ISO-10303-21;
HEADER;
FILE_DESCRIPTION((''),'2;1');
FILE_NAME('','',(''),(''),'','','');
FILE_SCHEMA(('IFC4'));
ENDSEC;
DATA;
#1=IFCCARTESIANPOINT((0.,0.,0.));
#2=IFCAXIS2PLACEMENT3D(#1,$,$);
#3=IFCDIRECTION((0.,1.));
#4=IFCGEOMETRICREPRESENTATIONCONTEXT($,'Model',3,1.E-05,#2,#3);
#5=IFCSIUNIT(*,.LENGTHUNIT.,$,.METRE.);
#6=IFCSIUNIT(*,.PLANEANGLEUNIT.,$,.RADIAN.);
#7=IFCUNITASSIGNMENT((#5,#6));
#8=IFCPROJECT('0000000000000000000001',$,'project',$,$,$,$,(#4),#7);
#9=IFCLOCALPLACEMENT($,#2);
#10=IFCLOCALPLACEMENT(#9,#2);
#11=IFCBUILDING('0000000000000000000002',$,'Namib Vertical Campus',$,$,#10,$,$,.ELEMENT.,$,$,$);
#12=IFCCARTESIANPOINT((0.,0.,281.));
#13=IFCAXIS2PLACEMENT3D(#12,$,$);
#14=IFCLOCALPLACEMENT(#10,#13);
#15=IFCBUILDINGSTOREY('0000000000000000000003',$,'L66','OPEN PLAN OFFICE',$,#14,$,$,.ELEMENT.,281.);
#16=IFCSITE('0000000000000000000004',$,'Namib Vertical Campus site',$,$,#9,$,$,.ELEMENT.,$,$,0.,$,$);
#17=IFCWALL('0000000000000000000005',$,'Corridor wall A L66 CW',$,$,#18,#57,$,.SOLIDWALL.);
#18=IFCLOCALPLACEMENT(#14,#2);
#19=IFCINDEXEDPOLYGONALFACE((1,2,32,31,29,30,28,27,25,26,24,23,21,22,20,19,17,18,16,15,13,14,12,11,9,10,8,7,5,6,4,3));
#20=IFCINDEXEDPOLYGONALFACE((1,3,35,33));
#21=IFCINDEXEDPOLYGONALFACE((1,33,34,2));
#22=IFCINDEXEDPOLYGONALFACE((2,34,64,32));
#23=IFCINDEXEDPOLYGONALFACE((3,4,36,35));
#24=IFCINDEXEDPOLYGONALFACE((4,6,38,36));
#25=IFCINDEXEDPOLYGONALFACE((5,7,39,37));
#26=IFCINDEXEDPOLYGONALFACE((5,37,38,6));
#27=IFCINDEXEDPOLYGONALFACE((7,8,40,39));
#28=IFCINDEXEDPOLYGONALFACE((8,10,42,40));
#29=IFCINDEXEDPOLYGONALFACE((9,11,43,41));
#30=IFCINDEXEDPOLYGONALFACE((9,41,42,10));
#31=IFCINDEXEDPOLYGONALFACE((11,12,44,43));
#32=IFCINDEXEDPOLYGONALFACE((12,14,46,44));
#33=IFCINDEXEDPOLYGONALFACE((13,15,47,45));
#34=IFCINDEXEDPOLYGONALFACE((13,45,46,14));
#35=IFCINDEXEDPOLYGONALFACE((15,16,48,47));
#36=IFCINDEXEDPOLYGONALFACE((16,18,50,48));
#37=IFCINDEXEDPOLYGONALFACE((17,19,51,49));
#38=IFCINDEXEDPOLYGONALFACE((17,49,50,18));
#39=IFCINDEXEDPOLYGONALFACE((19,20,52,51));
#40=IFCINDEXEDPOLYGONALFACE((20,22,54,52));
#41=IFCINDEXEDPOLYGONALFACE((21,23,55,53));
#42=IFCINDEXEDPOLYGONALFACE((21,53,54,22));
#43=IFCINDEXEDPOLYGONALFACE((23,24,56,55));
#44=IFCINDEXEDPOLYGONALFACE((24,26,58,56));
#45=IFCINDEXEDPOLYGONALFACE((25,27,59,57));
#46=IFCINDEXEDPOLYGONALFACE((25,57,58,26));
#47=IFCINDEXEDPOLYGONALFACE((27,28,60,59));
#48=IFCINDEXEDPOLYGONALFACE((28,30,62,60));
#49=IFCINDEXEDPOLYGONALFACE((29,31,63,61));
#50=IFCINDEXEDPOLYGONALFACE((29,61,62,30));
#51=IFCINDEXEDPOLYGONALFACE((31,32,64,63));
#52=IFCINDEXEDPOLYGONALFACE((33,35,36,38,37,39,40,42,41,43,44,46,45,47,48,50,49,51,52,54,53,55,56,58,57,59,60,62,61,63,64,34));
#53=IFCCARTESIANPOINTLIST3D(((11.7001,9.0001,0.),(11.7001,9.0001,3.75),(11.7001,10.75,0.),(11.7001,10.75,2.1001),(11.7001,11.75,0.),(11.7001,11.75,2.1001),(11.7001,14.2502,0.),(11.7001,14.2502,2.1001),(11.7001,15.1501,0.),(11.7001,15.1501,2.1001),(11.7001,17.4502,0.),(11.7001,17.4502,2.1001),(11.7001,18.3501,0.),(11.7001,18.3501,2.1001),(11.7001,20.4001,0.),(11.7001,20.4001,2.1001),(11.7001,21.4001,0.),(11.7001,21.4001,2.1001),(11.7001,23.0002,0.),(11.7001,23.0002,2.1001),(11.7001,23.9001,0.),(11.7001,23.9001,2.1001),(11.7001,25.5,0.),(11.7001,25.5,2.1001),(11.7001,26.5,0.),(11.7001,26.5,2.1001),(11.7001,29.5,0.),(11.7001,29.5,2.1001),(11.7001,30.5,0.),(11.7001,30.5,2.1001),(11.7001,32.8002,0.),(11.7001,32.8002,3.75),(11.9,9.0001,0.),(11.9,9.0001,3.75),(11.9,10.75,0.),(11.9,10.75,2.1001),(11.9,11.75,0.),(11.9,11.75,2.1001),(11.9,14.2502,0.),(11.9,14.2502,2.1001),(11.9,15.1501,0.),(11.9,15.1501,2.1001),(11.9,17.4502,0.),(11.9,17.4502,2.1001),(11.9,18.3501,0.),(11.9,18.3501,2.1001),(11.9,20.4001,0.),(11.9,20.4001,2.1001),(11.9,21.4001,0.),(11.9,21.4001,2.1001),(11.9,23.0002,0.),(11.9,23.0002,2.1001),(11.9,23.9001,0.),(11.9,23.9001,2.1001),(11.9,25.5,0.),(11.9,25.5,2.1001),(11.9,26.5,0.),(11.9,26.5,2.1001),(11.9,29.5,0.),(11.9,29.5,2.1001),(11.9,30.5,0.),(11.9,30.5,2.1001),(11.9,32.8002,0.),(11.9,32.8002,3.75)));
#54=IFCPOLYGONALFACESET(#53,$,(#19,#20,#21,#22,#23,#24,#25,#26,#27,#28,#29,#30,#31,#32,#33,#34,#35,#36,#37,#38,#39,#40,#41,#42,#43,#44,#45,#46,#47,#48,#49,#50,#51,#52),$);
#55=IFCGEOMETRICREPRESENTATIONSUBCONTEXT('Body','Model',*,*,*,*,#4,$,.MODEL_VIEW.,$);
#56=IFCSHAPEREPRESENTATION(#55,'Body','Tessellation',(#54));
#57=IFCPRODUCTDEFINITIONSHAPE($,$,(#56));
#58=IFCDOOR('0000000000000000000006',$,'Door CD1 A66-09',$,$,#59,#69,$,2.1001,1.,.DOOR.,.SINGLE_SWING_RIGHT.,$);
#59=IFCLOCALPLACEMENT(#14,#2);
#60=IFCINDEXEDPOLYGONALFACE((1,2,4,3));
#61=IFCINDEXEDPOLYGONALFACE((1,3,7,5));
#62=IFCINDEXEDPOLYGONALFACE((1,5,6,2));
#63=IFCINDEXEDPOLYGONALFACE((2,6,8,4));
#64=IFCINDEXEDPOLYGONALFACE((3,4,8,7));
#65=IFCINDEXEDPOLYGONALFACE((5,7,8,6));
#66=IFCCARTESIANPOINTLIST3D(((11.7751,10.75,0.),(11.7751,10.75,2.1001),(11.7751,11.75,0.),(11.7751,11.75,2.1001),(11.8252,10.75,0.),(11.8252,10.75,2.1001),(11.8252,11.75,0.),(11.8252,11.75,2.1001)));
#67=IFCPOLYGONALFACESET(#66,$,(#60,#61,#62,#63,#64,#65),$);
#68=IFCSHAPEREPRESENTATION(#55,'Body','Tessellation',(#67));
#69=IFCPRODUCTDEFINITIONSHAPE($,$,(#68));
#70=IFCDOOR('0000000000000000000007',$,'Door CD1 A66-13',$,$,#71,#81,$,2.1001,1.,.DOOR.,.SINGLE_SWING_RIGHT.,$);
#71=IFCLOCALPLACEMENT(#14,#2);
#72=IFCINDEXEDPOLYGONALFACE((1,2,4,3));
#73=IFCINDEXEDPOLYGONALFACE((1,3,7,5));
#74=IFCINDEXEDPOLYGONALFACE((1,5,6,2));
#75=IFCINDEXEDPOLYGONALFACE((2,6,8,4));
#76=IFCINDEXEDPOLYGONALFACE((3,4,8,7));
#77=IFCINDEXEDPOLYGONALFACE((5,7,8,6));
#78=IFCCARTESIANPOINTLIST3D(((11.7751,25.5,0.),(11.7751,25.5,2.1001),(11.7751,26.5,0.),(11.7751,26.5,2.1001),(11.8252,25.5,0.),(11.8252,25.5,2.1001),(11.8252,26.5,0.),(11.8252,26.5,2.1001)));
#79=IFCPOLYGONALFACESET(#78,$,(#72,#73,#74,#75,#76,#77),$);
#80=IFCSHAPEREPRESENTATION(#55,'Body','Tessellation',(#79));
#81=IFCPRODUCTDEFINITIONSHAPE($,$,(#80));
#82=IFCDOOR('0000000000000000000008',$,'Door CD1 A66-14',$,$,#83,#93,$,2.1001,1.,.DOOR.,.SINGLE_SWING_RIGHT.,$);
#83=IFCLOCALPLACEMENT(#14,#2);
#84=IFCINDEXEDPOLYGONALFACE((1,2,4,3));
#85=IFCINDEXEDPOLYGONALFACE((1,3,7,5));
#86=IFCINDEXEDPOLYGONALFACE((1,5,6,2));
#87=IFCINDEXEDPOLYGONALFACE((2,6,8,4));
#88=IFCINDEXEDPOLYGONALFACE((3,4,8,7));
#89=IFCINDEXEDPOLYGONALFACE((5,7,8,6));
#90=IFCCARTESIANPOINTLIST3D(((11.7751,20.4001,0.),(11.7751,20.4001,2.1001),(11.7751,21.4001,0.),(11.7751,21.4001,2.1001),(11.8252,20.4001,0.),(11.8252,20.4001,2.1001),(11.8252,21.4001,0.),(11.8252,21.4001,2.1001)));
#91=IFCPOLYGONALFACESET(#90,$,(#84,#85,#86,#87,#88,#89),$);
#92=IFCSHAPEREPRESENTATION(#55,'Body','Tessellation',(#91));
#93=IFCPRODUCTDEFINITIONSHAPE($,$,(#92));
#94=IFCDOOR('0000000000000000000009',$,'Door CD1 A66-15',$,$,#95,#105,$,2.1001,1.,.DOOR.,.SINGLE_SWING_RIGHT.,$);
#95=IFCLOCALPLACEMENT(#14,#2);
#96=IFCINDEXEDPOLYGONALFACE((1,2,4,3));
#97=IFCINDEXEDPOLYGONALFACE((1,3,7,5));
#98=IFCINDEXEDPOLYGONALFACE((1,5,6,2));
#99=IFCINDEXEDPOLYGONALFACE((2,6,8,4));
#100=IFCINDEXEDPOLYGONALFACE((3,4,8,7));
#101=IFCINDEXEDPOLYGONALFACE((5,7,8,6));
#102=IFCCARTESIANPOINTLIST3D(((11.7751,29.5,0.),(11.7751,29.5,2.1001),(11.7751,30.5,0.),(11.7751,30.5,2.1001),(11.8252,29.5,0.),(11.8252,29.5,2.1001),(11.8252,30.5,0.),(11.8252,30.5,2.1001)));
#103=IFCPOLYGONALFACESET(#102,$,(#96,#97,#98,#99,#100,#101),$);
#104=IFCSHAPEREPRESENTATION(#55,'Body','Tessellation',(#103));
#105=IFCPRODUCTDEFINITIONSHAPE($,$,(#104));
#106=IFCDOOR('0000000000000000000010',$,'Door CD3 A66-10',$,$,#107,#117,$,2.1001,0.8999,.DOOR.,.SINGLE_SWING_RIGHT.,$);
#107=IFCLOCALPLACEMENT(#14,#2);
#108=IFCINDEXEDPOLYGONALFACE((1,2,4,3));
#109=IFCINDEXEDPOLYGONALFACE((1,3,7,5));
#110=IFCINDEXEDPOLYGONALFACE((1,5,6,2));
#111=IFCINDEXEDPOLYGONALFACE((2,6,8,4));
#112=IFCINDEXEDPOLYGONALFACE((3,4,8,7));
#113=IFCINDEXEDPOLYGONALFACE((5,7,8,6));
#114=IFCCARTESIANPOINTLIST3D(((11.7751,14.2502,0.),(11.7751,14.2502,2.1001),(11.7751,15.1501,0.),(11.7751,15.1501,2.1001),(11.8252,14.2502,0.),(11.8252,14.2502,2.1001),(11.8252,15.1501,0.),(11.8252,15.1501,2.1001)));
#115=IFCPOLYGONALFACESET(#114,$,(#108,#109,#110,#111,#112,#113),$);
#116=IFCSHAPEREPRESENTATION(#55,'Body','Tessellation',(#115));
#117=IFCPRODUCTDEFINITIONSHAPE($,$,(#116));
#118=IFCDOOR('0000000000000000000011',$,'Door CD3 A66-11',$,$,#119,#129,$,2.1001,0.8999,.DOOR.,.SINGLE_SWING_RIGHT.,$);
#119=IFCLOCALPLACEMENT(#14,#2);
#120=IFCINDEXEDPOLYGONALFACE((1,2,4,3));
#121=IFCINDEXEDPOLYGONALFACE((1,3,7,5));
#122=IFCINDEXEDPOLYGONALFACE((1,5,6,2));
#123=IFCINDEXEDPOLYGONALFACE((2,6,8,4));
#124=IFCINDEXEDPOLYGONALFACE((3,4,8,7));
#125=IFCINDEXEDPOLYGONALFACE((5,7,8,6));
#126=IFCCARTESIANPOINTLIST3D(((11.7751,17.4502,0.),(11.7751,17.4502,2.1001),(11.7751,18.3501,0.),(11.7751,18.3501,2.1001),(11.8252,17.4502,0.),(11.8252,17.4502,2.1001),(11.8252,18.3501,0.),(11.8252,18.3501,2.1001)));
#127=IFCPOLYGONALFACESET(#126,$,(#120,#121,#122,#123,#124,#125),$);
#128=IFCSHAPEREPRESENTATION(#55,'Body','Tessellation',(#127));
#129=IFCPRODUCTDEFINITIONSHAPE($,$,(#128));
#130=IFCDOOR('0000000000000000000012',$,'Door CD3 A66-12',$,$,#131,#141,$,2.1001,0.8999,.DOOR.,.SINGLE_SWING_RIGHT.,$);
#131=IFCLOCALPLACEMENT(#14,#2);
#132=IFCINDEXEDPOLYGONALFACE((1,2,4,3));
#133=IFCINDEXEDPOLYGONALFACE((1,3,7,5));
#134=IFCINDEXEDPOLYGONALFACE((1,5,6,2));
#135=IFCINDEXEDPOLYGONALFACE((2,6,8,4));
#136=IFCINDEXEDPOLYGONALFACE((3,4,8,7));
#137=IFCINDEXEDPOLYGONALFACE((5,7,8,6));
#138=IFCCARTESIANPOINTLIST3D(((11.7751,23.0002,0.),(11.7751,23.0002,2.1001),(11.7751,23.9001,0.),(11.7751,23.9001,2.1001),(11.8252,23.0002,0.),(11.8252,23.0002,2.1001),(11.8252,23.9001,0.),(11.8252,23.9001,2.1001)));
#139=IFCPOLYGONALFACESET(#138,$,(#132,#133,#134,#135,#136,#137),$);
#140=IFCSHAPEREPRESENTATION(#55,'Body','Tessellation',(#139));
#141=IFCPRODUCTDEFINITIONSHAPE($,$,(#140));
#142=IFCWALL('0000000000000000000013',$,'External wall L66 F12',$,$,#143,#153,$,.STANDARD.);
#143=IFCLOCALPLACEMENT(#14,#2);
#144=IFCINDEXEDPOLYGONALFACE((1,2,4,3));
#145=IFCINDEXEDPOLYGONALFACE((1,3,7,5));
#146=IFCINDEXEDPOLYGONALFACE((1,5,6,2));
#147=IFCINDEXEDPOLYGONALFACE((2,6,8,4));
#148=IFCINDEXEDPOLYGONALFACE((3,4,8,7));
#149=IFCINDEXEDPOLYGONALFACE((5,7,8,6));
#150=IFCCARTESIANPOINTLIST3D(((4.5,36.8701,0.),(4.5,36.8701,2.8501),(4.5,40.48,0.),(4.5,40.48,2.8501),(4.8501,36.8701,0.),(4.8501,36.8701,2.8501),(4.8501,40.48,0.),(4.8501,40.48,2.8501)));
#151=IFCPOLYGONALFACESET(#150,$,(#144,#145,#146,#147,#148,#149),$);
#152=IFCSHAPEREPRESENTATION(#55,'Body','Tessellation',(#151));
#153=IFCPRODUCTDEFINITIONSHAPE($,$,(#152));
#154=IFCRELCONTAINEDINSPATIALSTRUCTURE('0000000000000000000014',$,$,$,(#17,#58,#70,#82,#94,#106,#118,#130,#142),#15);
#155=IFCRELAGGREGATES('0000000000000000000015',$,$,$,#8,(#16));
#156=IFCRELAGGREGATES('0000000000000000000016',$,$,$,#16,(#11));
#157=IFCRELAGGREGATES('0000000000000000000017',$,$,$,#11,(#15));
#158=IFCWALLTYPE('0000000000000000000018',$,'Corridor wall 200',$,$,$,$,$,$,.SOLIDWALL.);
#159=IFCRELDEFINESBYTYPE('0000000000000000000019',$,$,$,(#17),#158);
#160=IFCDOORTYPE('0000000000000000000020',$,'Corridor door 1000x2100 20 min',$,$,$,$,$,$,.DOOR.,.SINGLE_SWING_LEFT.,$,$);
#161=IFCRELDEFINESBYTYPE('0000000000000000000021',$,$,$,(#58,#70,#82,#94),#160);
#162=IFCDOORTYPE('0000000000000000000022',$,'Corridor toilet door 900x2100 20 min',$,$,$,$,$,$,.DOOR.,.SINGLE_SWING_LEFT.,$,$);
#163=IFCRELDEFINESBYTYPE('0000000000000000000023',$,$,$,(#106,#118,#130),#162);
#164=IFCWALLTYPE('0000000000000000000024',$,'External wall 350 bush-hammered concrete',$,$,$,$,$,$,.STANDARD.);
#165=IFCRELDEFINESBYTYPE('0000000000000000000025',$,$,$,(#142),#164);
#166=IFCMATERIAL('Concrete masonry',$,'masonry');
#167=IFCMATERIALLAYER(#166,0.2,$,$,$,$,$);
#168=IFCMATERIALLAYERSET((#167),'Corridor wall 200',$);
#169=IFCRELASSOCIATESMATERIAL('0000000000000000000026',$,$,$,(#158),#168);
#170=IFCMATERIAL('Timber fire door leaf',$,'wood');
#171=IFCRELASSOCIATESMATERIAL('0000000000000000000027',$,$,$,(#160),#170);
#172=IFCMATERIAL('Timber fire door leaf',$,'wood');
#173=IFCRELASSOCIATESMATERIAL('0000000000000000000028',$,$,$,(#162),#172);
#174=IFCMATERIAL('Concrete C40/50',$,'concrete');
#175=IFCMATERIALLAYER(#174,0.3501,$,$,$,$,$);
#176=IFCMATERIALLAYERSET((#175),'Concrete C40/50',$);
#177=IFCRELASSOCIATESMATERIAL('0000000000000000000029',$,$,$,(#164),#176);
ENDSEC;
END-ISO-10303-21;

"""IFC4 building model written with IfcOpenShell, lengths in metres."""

from ifc_helpers import new_model, si_unit, direction, frame, frame_2d, origin, place, context, subcontext, project, spatial, rectangle, extrude, material, layer, layer_set, type_object, element, fill, save


model = new_model("IFC4")

# Units and contexts
model_context = context("Model", 3, precision=1e-05, world=origin(), true_north=direction((0.0, 1.0)))
body_context = subcontext(model_context, "Body", "Model", "MODEL_VIEW")
ifc_project = project(units=[si_unit("LENGTHUNIT", "METRE"), si_unit("PLANEANGLEUNIT", "RADIAN")], contexts=[model_context])

# Site, building, storey
site_placement = place(None, origin())
site = spatial("IfcSite", under=ifc_project, at=site_placement, Name="Namib Vertical Campus site", CompositionType="ELEMENT", RefElevation=0.0)
building_placement = place(site_placement, origin())
building = spatial("IfcBuilding", under=site, at=building_placement, Name="Namib Vertical Campus", CompositionType="ELEMENT")
storey_placement = place(building_placement, frame((0.0, 0.0, 281.0)))
storey = spatial("IfcBuildingStorey", under=building, at=storey_placement, Name="L66", Description="OPEN PLAN OFFICE", CompositionType="ELEMENT", Elevation=281.0)

# Wall, openings, doors
ifc_material_1 = material(Name="Concrete masonry", Category="masonry")
ifc_layer_1 = layer(ifc_material_1, 0.2)
ifc_layer_set_1 = layer_set([ifc_layer_1], Name="Corridor wall 200")
wall_type_1 = type_object("IfcWallType", Name="Corridor wall 200", PredefinedType="SOLIDWALL", material=ifc_layer_set_1)
wall_1_placement = place(storey_placement, frame((11.8, 32.8, 0.0), z_axis=(0.0, 0.0, 1.0), x_axis=(0.0, -1.0, 0.0)))
wall_1 = element("IfcWall", 1, at=wall_1_placement, inside=storey, type_object=wall_type_1, Name="Corridor wall A L66 CW", PredefinedType="SOLIDWALL", context=body_context, shape_type="SweptSolid", body=[
    extrude(rectangle(XDim=23.8, YDim=0.2, at=frame_2d((11.8999, 0.0))), origin(), (0.0, 0.0, 1.0), 3.75),
])
opening_1_placement = place(wall_1_placement, frame((21.05, 0.0, 0.0)))
opening_1 = element("IfcOpeningElement", 2, at=opening_1_placement, cuts=wall_1, PredefinedType="OPENING", context=body_context, shape_type="SweptSolid", body=[
    extrude(rectangle(XDim=1.0, YDim=2.1001, at=frame_2d((0.5, 1.05))), frame((0.0, 0.1099, 0.0), z_axis=(0.0, -1.0, 0.0), x_axis=(1.0, 0.0, 0.0)), (0.0, 0.0, 1.0), 0.22),
])
opening_2_placement = place(wall_1_placement, frame((17.6499, 0.0, 0.0)))
opening_2 = element("IfcOpeningElement", 3, at=opening_2_placement, cuts=wall_1, PredefinedType="OPENING", context=body_context, shape_type="SweptSolid", body=[
    extrude(rectangle(XDim=0.8999, YDim=2.1001, at=frame_2d((0.45, 1.05))), frame((0.0, 0.1099, 0.0), z_axis=(0.0, -1.0, 0.0), x_axis=(1.0, 0.0, 0.0)), (0.0, 0.0, 1.0), 0.22),
])
opening_3_placement = place(wall_1_placement, frame((14.45, 0.0, 0.0)))
opening_3 = element("IfcOpeningElement", 4, at=opening_3_placement, cuts=wall_1, PredefinedType="OPENING", context=body_context, shape_type="SweptSolid", body=[
    extrude(rectangle(XDim=0.8999, YDim=2.1001, at=frame_2d((0.45, 1.05))), frame((0.0, 0.1099, 0.0), z_axis=(0.0, -1.0, 0.0), x_axis=(1.0, 0.0, 0.0)), (0.0, 0.0, 1.0), 0.22),
])
opening_4_placement = place(wall_1_placement, frame((8.8999, 0.0, 0.0)))
opening_4 = element("IfcOpeningElement", 5, at=opening_4_placement, cuts=wall_1, PredefinedType="OPENING", context=body_context, shape_type="SweptSolid", body=[
    extrude(rectangle(XDim=0.8999, YDim=2.1001, at=frame_2d((0.45, 1.05))), frame((0.0, 0.1099, 0.0), z_axis=(0.0, -1.0, 0.0), x_axis=(1.0, 0.0, 0.0)), (0.0, 0.0, 1.0), 0.22),
])
opening_5_placement = place(wall_1_placement, frame((6.3, 0.0, 0.0)))
opening_5 = element("IfcOpeningElement", 6, at=opening_5_placement, cuts=wall_1, PredefinedType="OPENING", context=body_context, shape_type="SweptSolid", body=[
    extrude(rectangle(XDim=1.0, YDim=2.1001, at=frame_2d((0.5, 1.05))), frame((0.0, 0.1099, 0.0), z_axis=(0.0, -1.0, 0.0), x_axis=(1.0, 0.0, 0.0)), (0.0, 0.0, 1.0), 0.22),
])
opening_6_placement = place(wall_1_placement, frame((11.3999, 0.0, 0.0)))
opening_6 = element("IfcOpeningElement", 7, at=opening_6_placement, cuts=wall_1, PredefinedType="OPENING", context=body_context, shape_type="SweptSolid", body=[
    extrude(rectangle(XDim=1.0, YDim=2.1001, at=frame_2d((0.5, 1.05))), frame((0.0, 0.1099, 0.0), z_axis=(0.0, -1.0, 0.0), x_axis=(1.0, 0.0, 0.0)), (0.0, 0.0, 1.0), 0.22),
])
opening_7_placement = place(wall_1_placement, frame((2.3, 0.0, 0.0)))
opening_7 = element("IfcOpeningElement", 8, at=opening_7_placement, cuts=wall_1, PredefinedType="OPENING", context=body_context, shape_type="SweptSolid", body=[
    extrude(rectangle(XDim=1.0, YDim=2.1001, at=frame_2d((0.5, 1.05))), frame((0.0, 0.1099, 0.0), z_axis=(0.0, -1.0, 0.0), x_axis=(1.0, 0.0, 0.0)), (0.0, 0.0, 1.0), 0.22),
])
ifc_material_2 = material(Name="Timber fire door leaf", Category="wood")
door_type_1 = type_object("IfcDoorType", Name="Corridor door 1000x2100 20 min", OperationType="SINGLE_SWING_LEFT", PredefinedType="DOOR", material=ifc_material_2)
door_1_placement = place(opening_1_placement, frame((1.0, 0.0, 0.0), z_axis=(0.0, 0.0, 1.0), x_axis=(-1.0, 0.0, 0.0)))
door_1 = element("IfcDoor", 9, at=door_1_placement, inside=storey, type_object=door_type_1, Name="Door CD1 A66-09", OperationType="SINGLE_SWING_RIGHT", OverallHeight=2.1001, OverallWidth=1.0, PredefinedType="DOOR", context=body_context, shape_type="SweptSolid", body=[
    extrude(rectangle(XDim=1.0, YDim=2.1001, at=frame_2d((0.5, 1.05))), frame((0.0, 0.0249, 0.0), z_axis=(0.0, -1.0, 0.0), x_axis=(1.0, 0.0, 0.0)), (0.0, 0.0, 1.0), 0.05),
])
fill(opening_1, door_1)
door_2_placement = place(opening_5_placement, frame((1.0, 0.0, 0.0), z_axis=(0.0, 0.0, 1.0), x_axis=(-1.0, 0.0, 0.0)))
door_2 = element("IfcDoor", 10, at=door_2_placement, inside=storey, type_object=door_type_1, Name="Door CD1 A66-13", OperationType="SINGLE_SWING_RIGHT", OverallHeight=2.1001, OverallWidth=1.0, PredefinedType="DOOR", context=body_context, shape_type="SweptSolid", body=[
    extrude(rectangle(XDim=1.0, YDim=2.1001, at=frame_2d((0.5, 1.05))), frame((0.0, 0.0249, 0.0), z_axis=(0.0, -1.0, 0.0), x_axis=(1.0, 0.0, 0.0)), (0.0, 0.0, 1.0), 0.05),
])
fill(opening_5, door_2)
door_3_placement = place(opening_6_placement, frame((1.0, 0.0, 0.0), z_axis=(0.0, 0.0, 1.0), x_axis=(-1.0, 0.0, 0.0)))
door_3 = element("IfcDoor", 11, at=door_3_placement, inside=storey, type_object=door_type_1, Name="Door CD1 A66-14", OperationType="SINGLE_SWING_RIGHT", OverallHeight=2.1001, OverallWidth=1.0, PredefinedType="DOOR", context=body_context, shape_type="SweptSolid", body=[
    extrude(rectangle(XDim=1.0, YDim=2.1001, at=frame_2d((0.5, 1.05))), frame((0.0, 0.0249, 0.0), z_axis=(0.0, -1.0, 0.0), x_axis=(1.0, 0.0, 0.0)), (0.0, 0.0, 1.0), 0.05),
])
fill(opening_6, door_3)
door_4_placement = place(opening_7_placement, frame((1.0, 0.0, 0.0), z_axis=(0.0, 0.0, 1.0), x_axis=(-1.0, 0.0, 0.0)))
door_4 = element("IfcDoor", 12, at=door_4_placement, inside=storey, type_object=door_type_1, Name="Door CD1 A66-15", OperationType="SINGLE_SWING_RIGHT", OverallHeight=2.1001, OverallWidth=1.0, PredefinedType="DOOR", context=body_context, shape_type="SweptSolid", body=[
    extrude(rectangle(XDim=1.0, YDim=2.1001, at=frame_2d((0.5, 1.05))), frame((0.0, 0.0249, 0.0), z_axis=(0.0, -1.0, 0.0), x_axis=(1.0, 0.0, 0.0)), (0.0, 0.0, 1.0), 0.05),
])
fill(opening_7, door_4)
ifc_material_3 = material(Name="Timber fire door leaf", Category="wood")
door_type_2 = type_object("IfcDoorType", Name="Corridor toilet door 900x2100 20 min", OperationType="SINGLE_SWING_LEFT", PredefinedType="DOOR", material=ifc_material_3)
door_5_placement = place(opening_2_placement, frame((0.8999, 0.0, 0.0), z_axis=(0.0, 0.0, 1.0), x_axis=(-1.0, 0.0, 0.0)))
door_5 = element("IfcDoor", 13, at=door_5_placement, inside=storey, type_object=door_type_2, Name="Door CD3 A66-10", OperationType="SINGLE_SWING_RIGHT", OverallHeight=2.1001, OverallWidth=0.8999, PredefinedType="DOOR", context=body_context, shape_type="SweptSolid", body=[
    extrude(rectangle(XDim=0.8999, YDim=2.1001, at=frame_2d((0.45, 1.05))), frame((0.0, 0.0249, 0.0), z_axis=(0.0, -1.0, 0.0), x_axis=(1.0, 0.0, 0.0)), (0.0, 0.0, 1.0), 0.05),
])
fill(opening_2, door_5)
door_6_placement = place(opening_3_placement, frame((0.8999, 0.0, 0.0), z_axis=(0.0, 0.0, 1.0), x_axis=(-1.0, 0.0, 0.0)))
door_6 = element("IfcDoor", 14, at=door_6_placement, inside=storey, type_object=door_type_2, Name="Door CD3 A66-11", OperationType="SINGLE_SWING_RIGHT", OverallHeight=2.1001, OverallWidth=0.8999, PredefinedType="DOOR", context=body_context, shape_type="SweptSolid", body=[
    extrude(rectangle(XDim=0.8999, YDim=2.1001, at=frame_2d((0.45, 1.05))), frame((0.0, 0.0249, 0.0), z_axis=(0.0, -1.0, 0.0), x_axis=(1.0, 0.0, 0.0)), (0.0, 0.0, 1.0), 0.05),
])
fill(opening_3, door_6)
door_7_placement = place(opening_4_placement, frame((0.8999, 0.0, 0.0), z_axis=(0.0, 0.0, 1.0), x_axis=(-1.0, 0.0, 0.0)))
door_7 = element("IfcDoor", 15, at=door_7_placement, inside=storey, type_object=door_type_2, Name="Door CD3 A66-12", OperationType="SINGLE_SWING_RIGHT", OverallHeight=2.1001, OverallWidth=0.8999, PredefinedType="DOOR", context=body_context, shape_type="SweptSolid", body=[
    extrude(rectangle(XDim=0.8999, YDim=2.1001, at=frame_2d((0.45, 1.05))), frame((0.0, 0.0249, 0.0), z_axis=(0.0, -1.0, 0.0), x_axis=(1.0, 0.0, 0.0)), (0.0, 0.0, 1.0), 0.05),
])
fill(opening_4, door_7)

# Wall
ifc_material_4 = material(Name="Concrete C40/50", Category="concrete")
ifc_layer_2 = layer(ifc_material_4, 0.3501)
ifc_layer_set_2 = layer_set([ifc_layer_2], Name="Concrete C40/50")
wall_type_2 = type_object("IfcWallType", Name="External wall 350 bush-hammered concrete", PredefinedType="STANDARD", material=ifc_layer_set_2)
wall_2_placement = place(storey_placement, frame((4.675, 40.48, 0.0), z_axis=(0.0, 0.0, 1.0), x_axis=(0.0, -1.0, 0.0)))
element("IfcWall", 16, at=wall_2_placement, inside=storey, type_object=wall_type_2, Name="External wall L66 F12", PredefinedType="STANDARD", context=body_context, shape_type="SweptSolid", body=[
    extrude(rectangle(XDim=3.6099, YDim=0.3501, at=frame_2d((1.8049, 0.0))), origin(), (0.0, 0.0, 1.0), 2.8501),
])

save(model, "model.ifc")
